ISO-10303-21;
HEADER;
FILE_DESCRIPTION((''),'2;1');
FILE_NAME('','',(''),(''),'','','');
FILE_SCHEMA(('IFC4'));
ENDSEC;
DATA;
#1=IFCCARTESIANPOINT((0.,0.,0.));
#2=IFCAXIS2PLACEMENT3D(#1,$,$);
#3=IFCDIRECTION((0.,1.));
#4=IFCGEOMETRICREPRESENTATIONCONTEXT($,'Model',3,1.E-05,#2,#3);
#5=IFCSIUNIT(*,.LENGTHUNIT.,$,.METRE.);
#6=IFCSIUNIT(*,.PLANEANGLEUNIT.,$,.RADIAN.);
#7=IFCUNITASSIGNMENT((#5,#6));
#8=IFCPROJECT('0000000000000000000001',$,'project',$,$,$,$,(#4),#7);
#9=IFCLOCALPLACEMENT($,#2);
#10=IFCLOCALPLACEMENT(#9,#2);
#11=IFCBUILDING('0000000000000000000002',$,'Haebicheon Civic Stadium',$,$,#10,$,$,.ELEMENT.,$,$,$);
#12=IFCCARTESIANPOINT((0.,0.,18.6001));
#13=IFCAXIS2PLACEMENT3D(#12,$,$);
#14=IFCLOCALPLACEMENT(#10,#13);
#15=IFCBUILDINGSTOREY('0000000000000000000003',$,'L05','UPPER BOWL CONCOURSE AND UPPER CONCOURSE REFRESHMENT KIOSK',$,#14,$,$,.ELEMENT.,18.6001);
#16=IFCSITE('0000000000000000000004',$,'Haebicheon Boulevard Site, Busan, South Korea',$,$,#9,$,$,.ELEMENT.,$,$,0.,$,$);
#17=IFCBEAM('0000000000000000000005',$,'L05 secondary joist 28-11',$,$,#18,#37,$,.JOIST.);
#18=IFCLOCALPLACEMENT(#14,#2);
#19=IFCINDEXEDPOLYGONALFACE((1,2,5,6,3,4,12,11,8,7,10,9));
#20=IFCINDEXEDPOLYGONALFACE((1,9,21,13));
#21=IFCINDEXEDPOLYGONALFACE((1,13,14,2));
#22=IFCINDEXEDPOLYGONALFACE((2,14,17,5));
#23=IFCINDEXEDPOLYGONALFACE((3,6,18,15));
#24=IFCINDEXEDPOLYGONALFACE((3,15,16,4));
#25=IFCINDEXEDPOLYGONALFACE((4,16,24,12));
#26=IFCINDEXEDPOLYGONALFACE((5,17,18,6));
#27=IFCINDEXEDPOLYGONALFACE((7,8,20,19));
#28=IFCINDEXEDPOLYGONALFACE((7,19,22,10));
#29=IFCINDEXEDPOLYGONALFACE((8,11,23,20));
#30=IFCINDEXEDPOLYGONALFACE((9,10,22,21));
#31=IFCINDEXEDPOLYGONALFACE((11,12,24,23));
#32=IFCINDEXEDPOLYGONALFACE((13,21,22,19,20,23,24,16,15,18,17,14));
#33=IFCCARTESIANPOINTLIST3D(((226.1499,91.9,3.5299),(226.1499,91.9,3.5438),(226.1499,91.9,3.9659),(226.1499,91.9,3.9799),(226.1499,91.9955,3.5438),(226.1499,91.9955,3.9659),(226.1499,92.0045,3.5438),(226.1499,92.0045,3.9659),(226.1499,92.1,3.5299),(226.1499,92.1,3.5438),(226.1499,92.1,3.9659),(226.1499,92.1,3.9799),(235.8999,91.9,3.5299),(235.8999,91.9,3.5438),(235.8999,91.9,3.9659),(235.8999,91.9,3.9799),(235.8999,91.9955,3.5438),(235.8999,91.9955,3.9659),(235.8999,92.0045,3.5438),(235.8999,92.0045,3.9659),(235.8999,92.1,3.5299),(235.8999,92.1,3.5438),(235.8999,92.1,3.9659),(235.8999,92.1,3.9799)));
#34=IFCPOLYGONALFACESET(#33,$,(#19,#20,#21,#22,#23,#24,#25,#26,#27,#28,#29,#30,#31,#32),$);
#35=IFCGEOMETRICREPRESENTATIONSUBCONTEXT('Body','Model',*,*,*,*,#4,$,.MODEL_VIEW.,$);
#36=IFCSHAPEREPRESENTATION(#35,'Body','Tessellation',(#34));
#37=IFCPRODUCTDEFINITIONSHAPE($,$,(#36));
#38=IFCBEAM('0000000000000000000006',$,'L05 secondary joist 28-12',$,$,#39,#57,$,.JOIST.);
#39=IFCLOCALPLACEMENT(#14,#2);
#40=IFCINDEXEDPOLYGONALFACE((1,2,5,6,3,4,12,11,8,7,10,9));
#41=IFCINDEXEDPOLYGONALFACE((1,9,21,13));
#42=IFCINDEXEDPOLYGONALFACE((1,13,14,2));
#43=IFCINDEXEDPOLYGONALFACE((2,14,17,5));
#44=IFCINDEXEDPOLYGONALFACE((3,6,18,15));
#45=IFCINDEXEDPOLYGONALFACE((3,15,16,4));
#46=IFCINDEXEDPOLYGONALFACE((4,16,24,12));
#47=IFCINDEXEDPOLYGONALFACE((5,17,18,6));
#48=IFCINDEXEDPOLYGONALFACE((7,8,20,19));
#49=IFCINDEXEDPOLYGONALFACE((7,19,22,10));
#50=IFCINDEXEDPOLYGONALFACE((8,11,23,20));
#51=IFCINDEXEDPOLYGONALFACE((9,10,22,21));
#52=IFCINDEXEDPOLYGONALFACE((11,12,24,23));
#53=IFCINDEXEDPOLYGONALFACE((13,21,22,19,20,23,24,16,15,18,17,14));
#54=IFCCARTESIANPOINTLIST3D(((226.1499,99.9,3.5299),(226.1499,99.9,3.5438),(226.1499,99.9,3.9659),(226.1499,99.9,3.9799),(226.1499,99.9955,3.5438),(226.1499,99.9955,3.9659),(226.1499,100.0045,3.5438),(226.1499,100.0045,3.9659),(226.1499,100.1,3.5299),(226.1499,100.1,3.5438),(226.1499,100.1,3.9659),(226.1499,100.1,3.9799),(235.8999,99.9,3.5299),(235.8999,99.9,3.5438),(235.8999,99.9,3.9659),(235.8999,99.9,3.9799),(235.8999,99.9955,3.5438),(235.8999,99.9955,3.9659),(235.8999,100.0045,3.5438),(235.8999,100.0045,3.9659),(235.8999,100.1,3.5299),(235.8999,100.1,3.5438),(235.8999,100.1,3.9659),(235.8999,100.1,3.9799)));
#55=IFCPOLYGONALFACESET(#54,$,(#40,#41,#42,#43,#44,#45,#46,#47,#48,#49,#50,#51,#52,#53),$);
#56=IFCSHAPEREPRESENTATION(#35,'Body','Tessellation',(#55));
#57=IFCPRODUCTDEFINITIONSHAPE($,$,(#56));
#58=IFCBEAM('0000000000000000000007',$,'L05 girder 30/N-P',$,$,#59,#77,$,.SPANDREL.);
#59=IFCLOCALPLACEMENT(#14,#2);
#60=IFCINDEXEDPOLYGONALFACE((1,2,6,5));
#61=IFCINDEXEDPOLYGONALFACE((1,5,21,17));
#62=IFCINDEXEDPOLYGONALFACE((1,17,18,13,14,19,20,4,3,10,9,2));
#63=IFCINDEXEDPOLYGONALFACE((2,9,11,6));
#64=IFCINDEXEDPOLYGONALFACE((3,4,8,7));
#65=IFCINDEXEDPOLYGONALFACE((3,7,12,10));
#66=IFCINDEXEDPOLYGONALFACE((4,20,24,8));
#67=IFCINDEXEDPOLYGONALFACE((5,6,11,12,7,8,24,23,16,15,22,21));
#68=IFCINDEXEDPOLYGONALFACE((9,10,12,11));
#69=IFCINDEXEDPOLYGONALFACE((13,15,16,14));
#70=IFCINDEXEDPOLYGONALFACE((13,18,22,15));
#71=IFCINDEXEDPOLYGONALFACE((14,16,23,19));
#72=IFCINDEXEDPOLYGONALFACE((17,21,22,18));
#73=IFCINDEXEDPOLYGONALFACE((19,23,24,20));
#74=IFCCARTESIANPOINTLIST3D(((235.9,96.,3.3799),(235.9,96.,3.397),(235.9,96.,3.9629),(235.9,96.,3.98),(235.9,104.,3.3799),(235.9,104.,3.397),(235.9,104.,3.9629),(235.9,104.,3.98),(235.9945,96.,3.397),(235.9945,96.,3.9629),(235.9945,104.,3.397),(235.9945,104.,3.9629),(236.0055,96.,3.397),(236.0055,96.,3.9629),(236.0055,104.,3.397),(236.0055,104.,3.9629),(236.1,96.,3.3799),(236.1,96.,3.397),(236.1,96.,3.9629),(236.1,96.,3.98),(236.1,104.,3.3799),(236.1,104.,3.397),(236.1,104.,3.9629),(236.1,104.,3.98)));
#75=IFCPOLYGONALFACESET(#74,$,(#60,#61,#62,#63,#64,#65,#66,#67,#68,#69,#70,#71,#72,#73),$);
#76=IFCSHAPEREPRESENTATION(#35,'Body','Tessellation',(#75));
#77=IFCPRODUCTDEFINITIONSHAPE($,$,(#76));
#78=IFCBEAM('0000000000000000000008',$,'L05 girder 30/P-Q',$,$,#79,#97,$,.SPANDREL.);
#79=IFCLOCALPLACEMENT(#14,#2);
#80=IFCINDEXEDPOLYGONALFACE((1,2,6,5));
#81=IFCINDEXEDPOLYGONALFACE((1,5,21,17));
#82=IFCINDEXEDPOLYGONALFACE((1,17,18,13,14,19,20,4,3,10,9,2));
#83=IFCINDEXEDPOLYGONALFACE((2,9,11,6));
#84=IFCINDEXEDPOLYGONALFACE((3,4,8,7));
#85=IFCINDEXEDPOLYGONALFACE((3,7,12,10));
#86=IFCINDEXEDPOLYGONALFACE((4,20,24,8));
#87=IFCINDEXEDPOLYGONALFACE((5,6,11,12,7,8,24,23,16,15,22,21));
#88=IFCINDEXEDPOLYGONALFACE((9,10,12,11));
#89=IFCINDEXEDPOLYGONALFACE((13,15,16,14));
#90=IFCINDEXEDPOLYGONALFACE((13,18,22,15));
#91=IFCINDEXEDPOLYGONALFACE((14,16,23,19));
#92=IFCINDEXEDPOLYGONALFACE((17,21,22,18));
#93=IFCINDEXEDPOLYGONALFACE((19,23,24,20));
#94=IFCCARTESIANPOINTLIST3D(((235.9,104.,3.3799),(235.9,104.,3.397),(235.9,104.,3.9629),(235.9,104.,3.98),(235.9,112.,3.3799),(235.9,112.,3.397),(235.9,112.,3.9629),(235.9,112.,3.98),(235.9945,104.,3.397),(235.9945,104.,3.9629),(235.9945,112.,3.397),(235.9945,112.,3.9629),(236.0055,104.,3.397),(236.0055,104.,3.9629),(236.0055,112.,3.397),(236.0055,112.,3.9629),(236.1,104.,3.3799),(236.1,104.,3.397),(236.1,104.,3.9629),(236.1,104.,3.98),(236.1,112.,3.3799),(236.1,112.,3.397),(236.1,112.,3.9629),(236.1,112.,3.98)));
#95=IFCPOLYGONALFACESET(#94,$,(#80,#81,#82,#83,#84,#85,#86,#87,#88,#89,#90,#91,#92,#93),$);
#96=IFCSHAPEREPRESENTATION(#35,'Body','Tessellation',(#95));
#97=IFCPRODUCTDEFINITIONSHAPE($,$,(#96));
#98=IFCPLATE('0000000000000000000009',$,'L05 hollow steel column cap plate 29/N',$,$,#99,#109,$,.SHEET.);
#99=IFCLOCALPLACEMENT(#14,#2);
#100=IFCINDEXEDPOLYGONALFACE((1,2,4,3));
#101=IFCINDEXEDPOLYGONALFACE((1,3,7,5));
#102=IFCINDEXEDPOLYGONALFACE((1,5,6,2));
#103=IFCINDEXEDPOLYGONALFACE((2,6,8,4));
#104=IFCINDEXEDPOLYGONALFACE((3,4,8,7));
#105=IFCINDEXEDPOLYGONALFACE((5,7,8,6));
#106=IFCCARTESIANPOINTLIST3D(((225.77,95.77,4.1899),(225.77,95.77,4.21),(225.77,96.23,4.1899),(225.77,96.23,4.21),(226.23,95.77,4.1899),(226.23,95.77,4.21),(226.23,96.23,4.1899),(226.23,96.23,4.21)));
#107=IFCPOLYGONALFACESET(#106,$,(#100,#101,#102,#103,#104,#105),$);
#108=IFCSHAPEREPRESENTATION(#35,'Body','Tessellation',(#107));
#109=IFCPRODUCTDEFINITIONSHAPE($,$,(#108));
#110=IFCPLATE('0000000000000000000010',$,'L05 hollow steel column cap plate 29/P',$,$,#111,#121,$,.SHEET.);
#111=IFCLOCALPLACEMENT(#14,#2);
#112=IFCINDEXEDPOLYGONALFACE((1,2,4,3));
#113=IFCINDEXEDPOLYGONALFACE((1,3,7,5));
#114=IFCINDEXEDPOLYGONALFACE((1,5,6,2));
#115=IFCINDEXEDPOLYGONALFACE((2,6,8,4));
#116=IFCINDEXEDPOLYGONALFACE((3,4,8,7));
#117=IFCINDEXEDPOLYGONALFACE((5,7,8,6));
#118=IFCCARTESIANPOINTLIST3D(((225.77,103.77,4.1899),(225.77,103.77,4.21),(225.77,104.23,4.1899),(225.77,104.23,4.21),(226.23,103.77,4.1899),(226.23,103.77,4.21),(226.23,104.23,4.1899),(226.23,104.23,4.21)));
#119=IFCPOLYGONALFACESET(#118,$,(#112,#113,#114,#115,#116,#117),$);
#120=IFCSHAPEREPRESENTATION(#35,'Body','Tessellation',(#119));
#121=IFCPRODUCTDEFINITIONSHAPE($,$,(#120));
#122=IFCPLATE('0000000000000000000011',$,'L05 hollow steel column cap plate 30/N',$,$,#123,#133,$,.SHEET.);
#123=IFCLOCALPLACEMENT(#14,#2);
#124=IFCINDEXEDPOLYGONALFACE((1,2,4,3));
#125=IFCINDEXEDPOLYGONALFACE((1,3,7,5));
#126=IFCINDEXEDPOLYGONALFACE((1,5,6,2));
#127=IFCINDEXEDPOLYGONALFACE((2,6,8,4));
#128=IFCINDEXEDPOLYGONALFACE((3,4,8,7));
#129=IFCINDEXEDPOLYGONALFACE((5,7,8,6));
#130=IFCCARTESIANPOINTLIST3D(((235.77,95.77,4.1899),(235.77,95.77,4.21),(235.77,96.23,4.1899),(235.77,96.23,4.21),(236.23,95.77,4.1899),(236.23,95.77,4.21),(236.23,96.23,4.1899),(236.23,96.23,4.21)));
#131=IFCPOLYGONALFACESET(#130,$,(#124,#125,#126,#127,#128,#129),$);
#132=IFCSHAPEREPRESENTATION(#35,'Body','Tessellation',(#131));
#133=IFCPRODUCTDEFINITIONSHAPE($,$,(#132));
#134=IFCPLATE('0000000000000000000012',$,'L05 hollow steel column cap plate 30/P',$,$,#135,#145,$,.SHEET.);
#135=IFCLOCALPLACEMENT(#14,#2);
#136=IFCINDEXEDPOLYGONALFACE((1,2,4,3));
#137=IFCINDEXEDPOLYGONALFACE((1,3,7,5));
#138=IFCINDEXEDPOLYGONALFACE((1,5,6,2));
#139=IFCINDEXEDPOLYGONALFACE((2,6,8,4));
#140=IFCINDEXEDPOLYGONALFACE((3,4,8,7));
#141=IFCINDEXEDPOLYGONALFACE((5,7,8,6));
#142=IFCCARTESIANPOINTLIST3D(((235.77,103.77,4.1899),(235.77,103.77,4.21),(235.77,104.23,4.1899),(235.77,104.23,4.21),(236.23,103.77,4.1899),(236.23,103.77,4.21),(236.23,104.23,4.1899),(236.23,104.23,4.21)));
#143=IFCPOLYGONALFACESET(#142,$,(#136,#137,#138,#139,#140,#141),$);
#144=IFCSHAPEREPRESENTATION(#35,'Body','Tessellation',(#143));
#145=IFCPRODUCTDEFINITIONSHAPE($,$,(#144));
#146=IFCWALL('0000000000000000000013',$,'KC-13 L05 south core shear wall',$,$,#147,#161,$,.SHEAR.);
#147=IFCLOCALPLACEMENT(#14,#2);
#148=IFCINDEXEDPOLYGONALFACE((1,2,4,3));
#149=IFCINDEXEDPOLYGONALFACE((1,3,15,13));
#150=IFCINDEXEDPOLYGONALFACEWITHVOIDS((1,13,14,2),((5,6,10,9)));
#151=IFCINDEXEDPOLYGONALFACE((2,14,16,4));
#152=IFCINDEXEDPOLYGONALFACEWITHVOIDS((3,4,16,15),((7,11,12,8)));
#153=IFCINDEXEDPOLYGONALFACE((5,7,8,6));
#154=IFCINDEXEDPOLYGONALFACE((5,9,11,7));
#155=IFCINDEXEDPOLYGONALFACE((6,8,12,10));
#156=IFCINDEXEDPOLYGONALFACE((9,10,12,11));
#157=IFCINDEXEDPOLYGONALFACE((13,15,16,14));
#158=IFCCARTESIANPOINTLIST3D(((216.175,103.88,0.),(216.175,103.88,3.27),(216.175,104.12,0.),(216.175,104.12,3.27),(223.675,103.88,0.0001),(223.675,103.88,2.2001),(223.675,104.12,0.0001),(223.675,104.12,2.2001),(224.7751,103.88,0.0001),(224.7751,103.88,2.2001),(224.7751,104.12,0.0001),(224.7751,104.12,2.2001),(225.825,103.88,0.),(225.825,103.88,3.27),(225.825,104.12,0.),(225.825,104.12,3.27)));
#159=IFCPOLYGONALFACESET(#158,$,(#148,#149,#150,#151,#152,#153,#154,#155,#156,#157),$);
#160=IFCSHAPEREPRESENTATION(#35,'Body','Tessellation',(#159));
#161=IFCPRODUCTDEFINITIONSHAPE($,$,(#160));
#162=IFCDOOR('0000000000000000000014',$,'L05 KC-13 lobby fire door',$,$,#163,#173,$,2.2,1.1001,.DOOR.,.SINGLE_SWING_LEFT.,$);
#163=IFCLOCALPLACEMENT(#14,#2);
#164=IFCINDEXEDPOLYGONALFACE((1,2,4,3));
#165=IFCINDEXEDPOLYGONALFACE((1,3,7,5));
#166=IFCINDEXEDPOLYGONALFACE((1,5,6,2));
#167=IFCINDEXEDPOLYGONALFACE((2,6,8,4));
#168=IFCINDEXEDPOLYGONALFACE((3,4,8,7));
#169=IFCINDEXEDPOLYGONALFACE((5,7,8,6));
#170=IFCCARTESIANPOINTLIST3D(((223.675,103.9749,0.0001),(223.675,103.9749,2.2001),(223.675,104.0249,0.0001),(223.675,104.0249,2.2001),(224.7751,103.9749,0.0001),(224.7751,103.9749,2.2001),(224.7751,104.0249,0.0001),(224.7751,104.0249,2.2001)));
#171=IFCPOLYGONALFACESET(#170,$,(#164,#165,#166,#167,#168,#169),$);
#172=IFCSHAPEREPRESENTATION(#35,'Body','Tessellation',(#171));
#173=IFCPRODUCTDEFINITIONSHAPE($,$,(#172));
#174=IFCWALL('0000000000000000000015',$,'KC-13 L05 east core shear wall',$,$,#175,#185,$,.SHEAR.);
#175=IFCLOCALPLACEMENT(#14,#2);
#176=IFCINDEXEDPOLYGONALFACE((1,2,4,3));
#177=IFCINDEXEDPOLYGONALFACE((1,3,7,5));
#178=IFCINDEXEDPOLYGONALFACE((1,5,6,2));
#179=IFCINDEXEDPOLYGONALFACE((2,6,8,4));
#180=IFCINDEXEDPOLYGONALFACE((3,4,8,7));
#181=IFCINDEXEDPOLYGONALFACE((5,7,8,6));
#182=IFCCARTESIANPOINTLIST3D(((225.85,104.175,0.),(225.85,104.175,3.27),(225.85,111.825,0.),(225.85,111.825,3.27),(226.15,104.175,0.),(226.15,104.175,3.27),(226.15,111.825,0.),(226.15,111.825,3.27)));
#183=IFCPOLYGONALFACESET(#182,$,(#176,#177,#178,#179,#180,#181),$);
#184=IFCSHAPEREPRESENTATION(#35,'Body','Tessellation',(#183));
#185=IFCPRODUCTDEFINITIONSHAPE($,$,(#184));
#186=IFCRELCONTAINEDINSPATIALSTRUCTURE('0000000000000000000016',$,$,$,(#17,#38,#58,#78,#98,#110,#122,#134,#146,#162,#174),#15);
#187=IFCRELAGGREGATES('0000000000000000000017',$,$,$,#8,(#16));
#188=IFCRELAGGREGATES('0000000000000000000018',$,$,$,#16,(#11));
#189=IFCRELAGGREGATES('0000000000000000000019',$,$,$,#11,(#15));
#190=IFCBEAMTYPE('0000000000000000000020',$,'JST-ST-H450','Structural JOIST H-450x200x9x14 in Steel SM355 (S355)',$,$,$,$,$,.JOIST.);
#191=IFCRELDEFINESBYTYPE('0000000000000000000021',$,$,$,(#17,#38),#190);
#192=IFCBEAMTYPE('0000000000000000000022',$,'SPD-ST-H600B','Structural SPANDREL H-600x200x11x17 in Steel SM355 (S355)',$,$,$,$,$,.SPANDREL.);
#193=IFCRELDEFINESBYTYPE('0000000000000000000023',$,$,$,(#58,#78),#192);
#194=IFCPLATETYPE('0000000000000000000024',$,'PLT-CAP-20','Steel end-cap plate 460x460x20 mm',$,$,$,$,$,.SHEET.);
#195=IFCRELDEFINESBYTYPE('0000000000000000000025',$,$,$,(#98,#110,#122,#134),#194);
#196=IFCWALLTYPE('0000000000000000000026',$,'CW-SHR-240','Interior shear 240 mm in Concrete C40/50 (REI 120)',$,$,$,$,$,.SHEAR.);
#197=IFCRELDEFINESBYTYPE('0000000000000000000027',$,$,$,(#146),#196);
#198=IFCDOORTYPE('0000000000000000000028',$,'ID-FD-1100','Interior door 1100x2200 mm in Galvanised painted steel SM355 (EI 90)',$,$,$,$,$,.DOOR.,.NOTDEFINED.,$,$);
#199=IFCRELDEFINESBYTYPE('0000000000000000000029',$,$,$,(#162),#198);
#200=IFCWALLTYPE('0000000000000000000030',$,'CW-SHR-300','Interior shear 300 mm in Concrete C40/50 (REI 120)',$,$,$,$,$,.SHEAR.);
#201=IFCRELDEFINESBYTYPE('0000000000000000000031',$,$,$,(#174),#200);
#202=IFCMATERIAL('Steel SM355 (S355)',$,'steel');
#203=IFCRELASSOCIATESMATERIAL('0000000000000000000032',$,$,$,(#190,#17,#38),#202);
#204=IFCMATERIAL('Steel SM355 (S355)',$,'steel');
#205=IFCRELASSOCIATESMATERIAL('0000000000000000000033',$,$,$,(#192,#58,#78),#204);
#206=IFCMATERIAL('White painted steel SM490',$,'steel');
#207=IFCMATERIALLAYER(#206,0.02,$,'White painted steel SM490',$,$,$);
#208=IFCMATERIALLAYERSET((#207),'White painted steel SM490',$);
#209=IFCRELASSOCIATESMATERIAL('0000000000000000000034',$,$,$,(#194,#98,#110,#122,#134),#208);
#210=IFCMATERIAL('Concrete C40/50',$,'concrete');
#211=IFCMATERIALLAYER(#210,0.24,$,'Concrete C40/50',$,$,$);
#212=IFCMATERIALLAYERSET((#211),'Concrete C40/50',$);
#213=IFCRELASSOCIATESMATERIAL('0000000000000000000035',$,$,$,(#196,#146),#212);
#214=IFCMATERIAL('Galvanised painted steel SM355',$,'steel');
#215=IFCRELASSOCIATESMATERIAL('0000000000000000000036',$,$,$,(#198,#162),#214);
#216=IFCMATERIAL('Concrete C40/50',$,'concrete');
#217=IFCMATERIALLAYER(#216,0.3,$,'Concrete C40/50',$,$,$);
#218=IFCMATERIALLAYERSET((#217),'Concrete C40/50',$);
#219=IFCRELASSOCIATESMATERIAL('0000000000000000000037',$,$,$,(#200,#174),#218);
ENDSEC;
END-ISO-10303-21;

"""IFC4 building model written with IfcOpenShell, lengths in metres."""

from ifc_helpers import new_model, si_unit, direction, frame, frame_2d, origin, origin_2d, place, context, subcontext, project, spatial, rectangle, i_section, extrude, material, layer, layer_set, material_profile, profile_set, type_object, element, fill, save


model = new_model("IFC4")

# Units and contexts
model_context = context("Model", 3, precision=1e-05, world=origin(), true_north=direction((0.0, 1.0)))
body_context = subcontext(model_context, "Body", "Model", "MODEL_VIEW")
ifc_project = project(units=[si_unit("LENGTHUNIT", "METRE"), si_unit("PLANEANGLEUNIT", "RADIAN")], contexts=[model_context])

# Site, building, storey
site_placement = place(None, origin())
site = spatial("IfcSite", under=ifc_project, at=site_placement, Name="Haebicheon Boulevard Site, Busan, South Korea", CompositionType="ELEMENT", RefElevation=0.0)
building_placement = place(site_placement, origin())
building = spatial("IfcBuilding", under=site, at=building_placement, Name="Haebicheon Civic Stadium", CompositionType="ELEMENT")
storey_placement = place(building_placement, frame((0.0, 0.0, 18.6001)))
storey = spatial("IfcBuildingStorey", under=building, at=storey_placement, Name="L05", Description="UPPER BOWL CONCOURSE AND UPPER CONCOURSE REFRESHMENT KIOSK", CompositionType="ELEMENT", Elevation=18.6001)

# Beams
ifc_material_1 = material(Name="Steel SM355 (S355)", Category="steel")
ifc_material_profile_1 = material_profile(ifc_material_1, i_section(OverallWidth=0.2, OverallDepth=0.45, WebThickness=0.009, FlangeThickness=0.0139, at=origin_2d()), Name="H-450x200x9x14")
ifc_profile_set_1 = profile_set([ifc_material_profile_1], Name="Steel SM355 (S355)")
beam_type_1 = type_object("IfcBeamType", Name="JST-ST-H450", Description="Structural JOIST H-450x200x9x14 in Steel SM355 (S355)", PredefinedType="JOIST", material=ifc_profile_set_1)
for number, where, z_axis, x_axis, name in (
    (1, (226.1499, 92.0, 3.7549), (1.0, 0.0, 0.0), (0.0, 1.0, 0.0), "L05 secondary joist 28-11"),
    (2, (226.1499, 100.0, 3.7549), (1.0, 0.0, 0.0), (0.0, 1.0, 0.0), "L05 secondary joist 28-12"),
):
    element("IfcBeam", number, at=place(storey_placement, frame(where, z_axis=z_axis, x_axis=x_axis)), inside=storey, type_object=beam_type_1, material=ifc_profile_set_1, Name=name, PredefinedType="JOIST", context=body_context, shape_type="SweptSolid", body=[
        extrude(i_section(OverallWidth=0.2, OverallDepth=0.45, WebThickness=0.009, FlangeThickness=0.0139, at=origin_2d()), origin(), (0.0, 0.0, 1.0), 9.75),
    ])
ifc_material_2 = material(Name="Steel SM355 (S355)", Category="steel")
ifc_material_profile_2 = material_profile(ifc_material_2, i_section(OverallWidth=0.2, OverallDepth=0.6001, WebThickness=0.011, FlangeThickness=0.0171, at=origin_2d()), Name="H-600x200x11x17")
ifc_profile_set_2 = profile_set([ifc_material_profile_2], Name="Steel SM355 (S355)")
beam_type_2 = type_object("IfcBeamType", Name="SPD-ST-H600B", Description="Structural SPANDREL H-600x200x11x17 in Steel SM355 (S355)", PredefinedType="SPANDREL", material=ifc_profile_set_2)
for number, where, z_axis, x_axis, name in (
    (3, (236.0, 96.0, 3.6799), (0.0, 1.0, 0.0), (-1.0, 0.0, 0.0), "L05 girder 30/N-P"),
    (4, (236.0, 104.0, 3.6799), (0.0, 1.0, 0.0), (-1.0, 0.0, 0.0), "L05 girder 30/P-Q"),
):
    element("IfcBeam", number, at=place(storey_placement, frame(where, z_axis=z_axis, x_axis=x_axis)), inside=storey, type_object=beam_type_2, material=ifc_profile_set_2, Name=name, PredefinedType="SPANDREL", context=body_context, shape_type="SweptSolid", body=[
        extrude(i_section(OverallWidth=0.2, OverallDepth=0.6001, WebThickness=0.011, FlangeThickness=0.0171, at=origin_2d()), origin(), (0.0, 0.0, 1.0), 8.0),
    ])

# Plates
ifc_material_3 = material(Name="White painted steel SM490", Category="steel")
ifc_layer_1 = layer(ifc_material_3, 0.02, Name="White painted steel SM490")
ifc_layer_set_1 = layer_set([ifc_layer_1], Name="White painted steel SM490")
plate_type = type_object("IfcPlateType", Name="PLT-CAP-20", Description="Steel end-cap plate 460x460x20 mm", PredefinedType="SHEET", material=ifc_layer_set_1)
for number, where, z_axis, x_axis, name in (
    (5, (226.0, 96.0, 4.1899), (0.0, 0.0, 1.0), (1.0, 0.0, 0.0), "L05 hollow steel column cap plate 29/N"),
    (6, (226.0, 104.0, 4.1899), (0.0, 0.0, 1.0), (1.0, 0.0, 0.0), "L05 hollow steel column cap plate 29/P"),
    (7, (236.0, 96.0, 4.1899), (0.0, 0.0, 1.0), (1.0, 0.0, 0.0), "L05 hollow steel column cap plate 30/N"),
    (8, (236.0, 104.0, 4.1899), (0.0, 0.0, 1.0), (1.0, 0.0, 0.0), "L05 hollow steel column cap plate 30/P"),
):
    element("IfcPlate", number, at=place(storey_placement, frame(where, z_axis=z_axis, x_axis=x_axis)), inside=storey, type_object=plate_type, material=ifc_layer_set_1, Name=name, PredefinedType="SHEET", context=body_context, shape_type="SweptSolid", body=[
        extrude(rectangle(XDim=0.46, YDim=0.46, at=origin_2d()), origin(), (0.0, 0.0, 1.0), 0.02),
    ])

# Wall, opening, door
ifc_material_4 = material(Name="Concrete C40/50", Category="concrete")
ifc_layer_2 = layer(ifc_material_4, 0.24, Name="Concrete C40/50")
ifc_layer_set_2 = layer_set([ifc_layer_2], Name="Concrete C40/50")
wall_type_1 = type_object("IfcWallType", Name="CW-SHR-240", Description="Interior shear 240 mm in Concrete C40/50 (REI 120)", PredefinedType="SHEAR", material=ifc_layer_set_2)
wall_1_placement = place(storey_placement, frame((216.175, 104.0, 0.0), z_axis=(0.0, 0.0, 1.0), x_axis=(1.0, 0.0, 0.0)))
wall_1 = element("IfcWall", 9, at=wall_1_placement, inside=storey, type_object=wall_type_1, material=ifc_layer_set_2, Name="KC-13 L05 south core shear wall", PredefinedType="SHEAR", context=body_context, shape_type="SweptSolid", body=[
    extrude(rectangle(XDim=9.6499, YDim=0.24, at=frame_2d((4.825, 0.0))), origin(), (0.0, 0.0, 1.0), 3.27),
])
opening_1_placement = place(wall_1_placement, frame((7.5, 0.0, 0.0)))
opening_1 = element("IfcOpeningElement", 10, at=opening_1_placement, cuts=wall_1, PredefinedType="OPENING", context=body_context, shape_type="SweptSolid", body=[
    extrude(rectangle(XDim=1.1001, YDim=2.2, at=frame_2d((0.55, 1.1001))), frame((0.0, 0.1299, 0.0), z_axis=(0.0, -1.0, 0.0), x_axis=(1.0, 0.0, 0.0)), (0.0, 0.0, 1.0), 0.26),
])
ifc_material_5 = material(Name="Galvanised painted steel SM355", Category="steel")
door_type_1 = type_object("IfcDoorType", Name="ID-FD-1100", Description="Interior door 1100x2200 mm in Galvanised painted steel SM355 (EI 90)", OperationType="NOTDEFINED", PredefinedType="DOOR", material=ifc_material_5)
door_1_placement = place(opening_1_placement, origin())
door_1 = element("IfcDoor", 11, at=door_1_placement, inside=storey, type_object=door_type_1, material=ifc_material_5, Name="L05 KC-13 lobby fire door", OperationType="SINGLE_SWING_LEFT", OverallHeight=2.2, OverallWidth=1.1001, PredefinedType="DOOR", context=body_context, shape_type="SweptSolid", body=[
    extrude(rectangle(XDim=1.1001, YDim=2.2, at=frame_2d((0.55, 1.1001))), frame((0.0, 0.0249, 0.0), z_axis=(0.0, -1.0, 0.0), x_axis=(1.0, 0.0, 0.0)), (0.0, 0.0, 1.0), 0.05),
])
fill(opening_1, door_1)

# Wall
ifc_material_6 = material(Name="Concrete C40/50", Category="concrete")
ifc_layer_3 = layer(ifc_material_6, 0.3, Name="Concrete C40/50")
ifc_layer_set_3 = layer_set([ifc_layer_3], Name="Concrete C40/50")
wall_type_2 = type_object("IfcWallType", Name="CW-SHR-300", Description="Interior shear 300 mm in Concrete C40/50 (REI 120)", PredefinedType="SHEAR", material=ifc_layer_set_3)
wall_2_placement = place(storey_placement, frame((226.0, 104.175, 0.0), z_axis=(0.0, 0.0, 1.0), x_axis=(0.0, 1.0, 0.0)))
element("IfcWall", 12, at=wall_2_placement, inside=storey, type_object=wall_type_2, material=ifc_layer_set_3, Name="KC-13 L05 east core shear wall", PredefinedType="SHEAR", context=body_context, shape_type="SweptSolid", body=[
    extrude(rectangle(XDim=7.6499, YDim=0.3, at=frame_2d((3.825, 0.0))), origin(), (0.0, 0.0, 1.0), 3.27),
])

save(model, "model.ifc")
